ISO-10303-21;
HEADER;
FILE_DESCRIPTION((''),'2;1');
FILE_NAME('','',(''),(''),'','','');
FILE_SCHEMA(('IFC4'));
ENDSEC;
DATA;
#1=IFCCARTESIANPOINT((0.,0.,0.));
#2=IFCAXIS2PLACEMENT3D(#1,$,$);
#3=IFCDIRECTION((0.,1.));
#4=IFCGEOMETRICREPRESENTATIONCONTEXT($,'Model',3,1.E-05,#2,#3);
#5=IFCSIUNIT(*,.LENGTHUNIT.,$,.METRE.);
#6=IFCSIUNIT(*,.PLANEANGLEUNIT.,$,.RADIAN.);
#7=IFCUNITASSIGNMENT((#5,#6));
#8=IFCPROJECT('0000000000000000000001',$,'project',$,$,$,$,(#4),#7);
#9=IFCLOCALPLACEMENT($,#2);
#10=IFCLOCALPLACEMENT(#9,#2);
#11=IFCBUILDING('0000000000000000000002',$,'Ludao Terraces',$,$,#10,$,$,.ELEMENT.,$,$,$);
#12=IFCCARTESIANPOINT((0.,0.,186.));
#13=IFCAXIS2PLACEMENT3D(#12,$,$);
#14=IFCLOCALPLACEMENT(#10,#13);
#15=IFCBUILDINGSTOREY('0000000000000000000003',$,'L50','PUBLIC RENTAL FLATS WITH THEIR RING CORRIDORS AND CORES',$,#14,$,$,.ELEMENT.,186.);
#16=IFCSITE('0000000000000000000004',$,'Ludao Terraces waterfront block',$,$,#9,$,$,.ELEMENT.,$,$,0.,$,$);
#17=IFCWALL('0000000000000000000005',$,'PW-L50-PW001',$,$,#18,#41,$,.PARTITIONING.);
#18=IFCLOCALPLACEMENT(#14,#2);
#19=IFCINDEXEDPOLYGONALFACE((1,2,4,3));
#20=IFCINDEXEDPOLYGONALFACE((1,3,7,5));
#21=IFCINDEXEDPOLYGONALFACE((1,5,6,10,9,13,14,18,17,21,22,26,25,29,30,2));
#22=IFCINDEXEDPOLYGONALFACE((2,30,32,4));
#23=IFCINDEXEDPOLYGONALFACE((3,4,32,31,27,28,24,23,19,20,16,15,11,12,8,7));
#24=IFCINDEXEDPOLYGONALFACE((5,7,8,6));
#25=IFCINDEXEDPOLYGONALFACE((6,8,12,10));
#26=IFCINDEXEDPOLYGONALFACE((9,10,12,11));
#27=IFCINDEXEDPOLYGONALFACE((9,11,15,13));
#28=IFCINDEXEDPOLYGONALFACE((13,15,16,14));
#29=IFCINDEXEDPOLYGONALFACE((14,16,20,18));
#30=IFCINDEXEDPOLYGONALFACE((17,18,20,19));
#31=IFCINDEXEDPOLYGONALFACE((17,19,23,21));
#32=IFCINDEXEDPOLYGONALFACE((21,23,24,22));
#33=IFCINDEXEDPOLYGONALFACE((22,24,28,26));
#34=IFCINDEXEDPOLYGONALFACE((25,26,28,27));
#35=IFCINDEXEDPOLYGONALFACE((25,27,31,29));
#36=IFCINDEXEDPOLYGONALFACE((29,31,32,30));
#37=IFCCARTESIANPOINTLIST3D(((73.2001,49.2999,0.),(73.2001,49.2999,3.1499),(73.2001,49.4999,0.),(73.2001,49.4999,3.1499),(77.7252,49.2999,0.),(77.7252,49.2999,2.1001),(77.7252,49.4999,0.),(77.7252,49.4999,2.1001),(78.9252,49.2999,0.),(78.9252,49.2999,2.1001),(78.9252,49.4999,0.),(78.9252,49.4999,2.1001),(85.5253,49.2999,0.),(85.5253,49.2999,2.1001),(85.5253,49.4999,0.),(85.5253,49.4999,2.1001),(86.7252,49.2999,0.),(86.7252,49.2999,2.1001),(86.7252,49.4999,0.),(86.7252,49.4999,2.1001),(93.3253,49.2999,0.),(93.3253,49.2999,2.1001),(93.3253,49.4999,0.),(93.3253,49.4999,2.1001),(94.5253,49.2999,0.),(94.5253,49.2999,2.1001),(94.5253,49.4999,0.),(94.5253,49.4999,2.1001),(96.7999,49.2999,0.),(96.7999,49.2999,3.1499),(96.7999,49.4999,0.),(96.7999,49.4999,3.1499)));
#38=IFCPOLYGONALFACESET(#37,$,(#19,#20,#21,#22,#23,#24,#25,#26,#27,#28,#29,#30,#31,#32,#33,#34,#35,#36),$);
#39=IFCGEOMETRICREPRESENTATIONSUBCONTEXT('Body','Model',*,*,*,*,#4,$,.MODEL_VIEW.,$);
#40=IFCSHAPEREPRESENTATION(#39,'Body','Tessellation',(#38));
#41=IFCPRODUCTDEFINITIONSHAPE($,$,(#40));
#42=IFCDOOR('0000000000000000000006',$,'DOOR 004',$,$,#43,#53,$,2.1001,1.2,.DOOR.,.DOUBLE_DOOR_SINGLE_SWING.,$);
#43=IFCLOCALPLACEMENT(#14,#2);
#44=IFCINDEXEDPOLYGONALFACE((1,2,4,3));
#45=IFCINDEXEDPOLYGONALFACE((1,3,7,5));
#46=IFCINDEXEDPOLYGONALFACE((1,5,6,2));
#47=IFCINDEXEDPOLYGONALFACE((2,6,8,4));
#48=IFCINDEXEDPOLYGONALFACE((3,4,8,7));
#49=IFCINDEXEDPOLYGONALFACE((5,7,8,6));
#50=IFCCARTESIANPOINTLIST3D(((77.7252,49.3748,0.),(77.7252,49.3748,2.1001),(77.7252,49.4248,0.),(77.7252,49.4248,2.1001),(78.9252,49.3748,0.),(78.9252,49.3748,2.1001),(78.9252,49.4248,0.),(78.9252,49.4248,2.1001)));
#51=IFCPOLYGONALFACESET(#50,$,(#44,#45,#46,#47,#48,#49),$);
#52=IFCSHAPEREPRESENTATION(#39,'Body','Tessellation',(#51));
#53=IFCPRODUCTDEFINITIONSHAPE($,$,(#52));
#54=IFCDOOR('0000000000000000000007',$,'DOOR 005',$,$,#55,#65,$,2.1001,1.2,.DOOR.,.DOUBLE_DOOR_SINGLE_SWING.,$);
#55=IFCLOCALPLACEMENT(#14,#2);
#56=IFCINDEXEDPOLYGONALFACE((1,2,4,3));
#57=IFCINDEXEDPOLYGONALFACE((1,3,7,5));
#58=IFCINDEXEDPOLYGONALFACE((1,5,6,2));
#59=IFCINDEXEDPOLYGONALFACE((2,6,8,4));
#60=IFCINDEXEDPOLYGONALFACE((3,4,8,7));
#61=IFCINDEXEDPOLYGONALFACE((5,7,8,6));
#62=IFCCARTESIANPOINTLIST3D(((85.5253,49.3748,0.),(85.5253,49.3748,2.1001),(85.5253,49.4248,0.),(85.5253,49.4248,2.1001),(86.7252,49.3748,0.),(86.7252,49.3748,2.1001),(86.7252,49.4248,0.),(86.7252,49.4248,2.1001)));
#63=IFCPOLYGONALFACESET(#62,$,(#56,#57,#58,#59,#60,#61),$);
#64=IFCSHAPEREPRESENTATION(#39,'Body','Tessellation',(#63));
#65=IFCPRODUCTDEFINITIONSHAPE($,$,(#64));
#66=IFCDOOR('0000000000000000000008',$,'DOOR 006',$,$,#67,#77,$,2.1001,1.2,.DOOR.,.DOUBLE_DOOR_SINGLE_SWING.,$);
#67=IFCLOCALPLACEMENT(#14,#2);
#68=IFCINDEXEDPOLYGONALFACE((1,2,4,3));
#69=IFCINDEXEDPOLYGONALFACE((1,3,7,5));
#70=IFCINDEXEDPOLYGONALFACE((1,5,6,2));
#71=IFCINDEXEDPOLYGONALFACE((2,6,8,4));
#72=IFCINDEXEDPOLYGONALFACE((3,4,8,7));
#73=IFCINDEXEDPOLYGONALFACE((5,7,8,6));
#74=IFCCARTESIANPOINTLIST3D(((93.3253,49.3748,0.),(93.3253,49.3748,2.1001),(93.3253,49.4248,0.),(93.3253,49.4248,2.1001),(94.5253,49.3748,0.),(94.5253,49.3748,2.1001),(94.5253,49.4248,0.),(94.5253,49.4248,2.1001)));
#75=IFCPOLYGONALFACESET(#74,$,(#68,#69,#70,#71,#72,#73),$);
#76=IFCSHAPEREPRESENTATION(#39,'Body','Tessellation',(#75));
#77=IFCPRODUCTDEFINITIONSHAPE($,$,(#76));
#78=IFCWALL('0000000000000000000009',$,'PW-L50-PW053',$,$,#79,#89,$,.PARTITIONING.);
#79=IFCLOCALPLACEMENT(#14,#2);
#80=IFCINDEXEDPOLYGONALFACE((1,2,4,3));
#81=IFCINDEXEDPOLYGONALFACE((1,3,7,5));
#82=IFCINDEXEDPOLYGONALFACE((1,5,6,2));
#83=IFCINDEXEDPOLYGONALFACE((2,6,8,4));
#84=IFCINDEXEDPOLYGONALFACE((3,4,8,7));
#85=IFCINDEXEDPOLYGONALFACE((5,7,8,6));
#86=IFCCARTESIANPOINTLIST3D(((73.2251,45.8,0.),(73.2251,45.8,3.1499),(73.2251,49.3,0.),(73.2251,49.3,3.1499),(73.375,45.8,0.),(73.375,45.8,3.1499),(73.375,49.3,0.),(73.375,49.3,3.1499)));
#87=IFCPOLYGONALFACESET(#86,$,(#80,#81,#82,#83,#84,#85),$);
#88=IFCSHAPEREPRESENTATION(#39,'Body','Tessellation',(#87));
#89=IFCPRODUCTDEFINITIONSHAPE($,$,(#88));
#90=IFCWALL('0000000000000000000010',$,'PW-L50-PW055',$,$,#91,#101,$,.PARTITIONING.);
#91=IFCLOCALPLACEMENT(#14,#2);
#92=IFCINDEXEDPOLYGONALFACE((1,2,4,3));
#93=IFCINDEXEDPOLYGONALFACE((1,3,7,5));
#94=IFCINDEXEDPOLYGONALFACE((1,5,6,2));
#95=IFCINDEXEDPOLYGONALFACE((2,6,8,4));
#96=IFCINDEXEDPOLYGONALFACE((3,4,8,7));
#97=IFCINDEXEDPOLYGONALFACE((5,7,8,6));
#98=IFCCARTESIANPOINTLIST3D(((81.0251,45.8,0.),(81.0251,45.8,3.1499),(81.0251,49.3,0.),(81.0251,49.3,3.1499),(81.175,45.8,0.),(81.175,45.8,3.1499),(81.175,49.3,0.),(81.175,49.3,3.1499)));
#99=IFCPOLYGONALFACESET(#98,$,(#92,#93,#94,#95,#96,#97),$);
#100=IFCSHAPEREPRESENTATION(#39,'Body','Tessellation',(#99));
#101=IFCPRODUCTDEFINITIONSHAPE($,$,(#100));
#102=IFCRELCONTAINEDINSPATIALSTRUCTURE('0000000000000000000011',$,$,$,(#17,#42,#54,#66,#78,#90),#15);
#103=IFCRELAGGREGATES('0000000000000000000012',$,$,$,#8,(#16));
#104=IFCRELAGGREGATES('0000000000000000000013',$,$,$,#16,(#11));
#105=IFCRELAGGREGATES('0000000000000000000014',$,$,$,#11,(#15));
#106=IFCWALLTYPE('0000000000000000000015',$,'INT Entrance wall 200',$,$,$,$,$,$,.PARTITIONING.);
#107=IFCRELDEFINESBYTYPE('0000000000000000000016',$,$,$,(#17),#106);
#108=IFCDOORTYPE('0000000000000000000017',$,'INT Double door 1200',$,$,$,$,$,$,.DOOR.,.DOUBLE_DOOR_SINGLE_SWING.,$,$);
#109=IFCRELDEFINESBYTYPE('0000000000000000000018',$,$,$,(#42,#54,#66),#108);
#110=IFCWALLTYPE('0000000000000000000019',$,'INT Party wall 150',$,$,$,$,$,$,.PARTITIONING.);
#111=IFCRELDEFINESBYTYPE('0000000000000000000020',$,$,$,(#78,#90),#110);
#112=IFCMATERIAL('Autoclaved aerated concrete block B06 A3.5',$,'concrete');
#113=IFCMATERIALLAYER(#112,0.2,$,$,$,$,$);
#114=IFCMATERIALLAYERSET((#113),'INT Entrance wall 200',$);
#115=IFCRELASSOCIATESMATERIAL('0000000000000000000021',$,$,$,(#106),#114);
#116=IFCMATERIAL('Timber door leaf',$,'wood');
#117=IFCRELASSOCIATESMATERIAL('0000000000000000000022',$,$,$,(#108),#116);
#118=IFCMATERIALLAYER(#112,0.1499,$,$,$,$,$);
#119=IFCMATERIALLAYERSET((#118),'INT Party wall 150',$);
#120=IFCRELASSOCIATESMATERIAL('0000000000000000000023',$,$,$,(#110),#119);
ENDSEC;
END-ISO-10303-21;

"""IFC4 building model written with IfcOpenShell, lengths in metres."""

from ifc_helpers import new_model, si_unit, direction, frame, frame_2d, origin, place, context, subcontext, project, spatial, rectangle, extrude, material, layer, layer_set, type_object, element, fill, save


model = new_model("IFC4")

# Units and contexts
model_context = context("Model", 3, precision=1e-05, world=origin(), true_north=direction((0.0, 1.0)))
body_context = subcontext(model_context, "Body", "Model", "MODEL_VIEW")
ifc_project = project(units=[si_unit("LENGTHUNIT", "METRE"), si_unit("PLANEANGLEUNIT", "RADIAN")], contexts=[model_context])

# Site, building, storey
site_placement = place(None, origin())
site = spatial("IfcSite", under=ifc_project, at=site_placement, Name="Ludao Terraces waterfront block", CompositionType="ELEMENT", RefElevation=0.0)
building_placement = place(site_placement, origin())
building = spatial("IfcBuilding", under=site, at=building_placement, Name="Ludao Terraces", CompositionType="ELEMENT")
storey_placement = place(building_placement, frame((0.0, 0.0, 186.0)))
storey = spatial("IfcBuildingStorey", under=building, at=storey_placement, Name="L50", Description="PUBLIC RENTAL FLATS WITH THEIR RING CORRIDORS AND CORES", CompositionType="ELEMENT", Elevation=186.0)

# Wall, openings, doors
ifc_material_1 = material(Name="Autoclaved aerated concrete block B06 A3.5", Category="concrete")
ifc_layer_1 = layer(ifc_material_1, 0.2)
ifc_layer_set_1 = layer_set([ifc_layer_1], Name="INT Entrance wall 200")
wall_type_1 = type_object("IfcWallType", Name="INT Entrance wall 200", PredefinedType="PARTITIONING", material=ifc_layer_set_1)
wall_1_placement = place(storey_placement, frame((73.2002, 49.3999, 0.0), z_axis=(0.0, 0.0, 1.0), x_axis=(1.0, 0.0, 0.0)))
wall_1 = element("IfcWall", 1, at=wall_1_placement, inside=storey, type_object=wall_type_1, Name="PW-L50-PW001", PredefinedType="PARTITIONING", context=body_context, shape_type="SweptSolid", body=[
    extrude(rectangle(XDim=23.5999, YDim=0.2, at=frame_2d((11.7998, 0.0))), origin(), (0.0, 0.0, 1.0), 3.1499),
])
opening_1_placement = place(wall_1_placement, frame((4.5249, 0.0, 0.0)))
opening_1 = element("IfcOpeningElement", 2, at=opening_1_placement, cuts=wall_1, PredefinedType="OPENING", context=body_context, shape_type="SweptSolid", body=[
    extrude(rectangle(XDim=1.2, YDim=2.1001, at=frame_2d((0.6001, 1.05))), frame((0.0, 0.1099, 0.0), z_axis=(0.0, -1.0, 0.0), x_axis=(1.0, 0.0, 0.0)), (0.0, 0.0, 1.0), 0.22),
])
opening_2_placement = place(wall_1_placement, frame((12.325, 0.0, 0.0)))
opening_2 = element("IfcOpeningElement", 3, at=opening_2_placement, cuts=wall_1, PredefinedType="OPENING", context=body_context, shape_type="SweptSolid", body=[
    extrude(rectangle(XDim=1.2, YDim=2.1001, at=frame_2d((0.6001, 1.05))), frame((0.0, 0.1099, 0.0), z_axis=(0.0, -1.0, 0.0), x_axis=(1.0, 0.0, 0.0)), (0.0, 0.0, 1.0), 0.22),
])
opening_3_placement = place(wall_1_placement, frame((20.125, 0.0, 0.0)))
opening_3 = element("IfcOpeningElement", 4, at=opening_3_placement, cuts=wall_1, PredefinedType="OPENING", context=body_context, shape_type="SweptSolid", body=[
    extrude(rectangle(XDim=1.2, YDim=2.1001, at=frame_2d((0.6001, 1.05))), frame((0.0, 0.1099, 0.0), z_axis=(0.0, -1.0, 0.0), x_axis=(1.0, 0.0, 0.0)), (0.0, 0.0, 1.0), 0.22),
])
ifc_material_2 = material(Name="Timber door leaf", Category="wood")
door_type = type_object("IfcDoorType", Name="INT Double door 1200", OperationType="DOUBLE_DOOR_SINGLE_SWING", PredefinedType="DOOR", material=ifc_material_2)
door_1_placement = place(opening_1_placement, origin())
door_1 = element("IfcDoor", 5, at=door_1_placement, inside=storey, type_object=door_type, Name="DOOR 004", OperationType="DOUBLE_DOOR_SINGLE_SWING", OverallHeight=2.1001, OverallWidth=1.2, PredefinedType="DOOR", context=body_context, shape_type="SweptSolid", body=[
    extrude(rectangle(XDim=1.2, YDim=2.1001, at=frame_2d((0.6001, 1.05))), frame((0.0, 0.0249, 0.0), z_axis=(0.0, -1.0, 0.0), x_axis=(1.0, 0.0, 0.0)), (0.0, 0.0, 1.0), 0.05),
])
fill(opening_1, door_1)
door_2_placement = place(opening_2_placement, origin())
door_2 = element("IfcDoor", 6, at=door_2_placement, inside=storey, type_object=door_type, Name="DOOR 005", OperationType="DOUBLE_DOOR_SINGLE_SWING", OverallHeight=2.1001, OverallWidth=1.2, PredefinedType="DOOR", context=body_context, shape_type="SweptSolid", body=[
    extrude(rectangle(XDim=1.2, YDim=2.1001, at=frame_2d((0.6001, 1.05))), frame((0.0, 0.0249, 0.0), z_axis=(0.0, -1.0, 0.0), x_axis=(1.0, 0.0, 0.0)), (0.0, 0.0, 1.0), 0.05),
])
fill(opening_2, door_2)
door_3_placement = place(opening_3_placement, origin())
door_3 = element("IfcDoor", 7, at=door_3_placement, inside=storey, type_object=door_type, Name="DOOR 006", OperationType="DOUBLE_DOOR_SINGLE_SWING", OverallHeight=2.1001, OverallWidth=1.2, PredefinedType="DOOR", context=body_context, shape_type="SweptSolid", body=[
    extrude(rectangle(XDim=1.2, YDim=2.1001, at=frame_2d((0.6001, 1.05))), frame((0.0, 0.0249, 0.0), z_axis=(0.0, -1.0, 0.0), x_axis=(1.0, 0.0, 0.0)), (0.0, 0.0, 1.0), 0.05),
])
fill(opening_3, door_3)

# Walls
ifc_layer_2 = layer(ifc_material_1, 0.1499)
ifc_layer_set_2 = layer_set([ifc_layer_2], Name="INT Party wall 150")
wall_type_2 = type_object("IfcWallType", Name="INT Party wall 150", PredefinedType="PARTITIONING", material=ifc_layer_set_2)
for number, where, z_axis, x_axis, name in (
    (8, (73.3, 45.8, 0.0), (0.0, 0.0, 1.0), (0.0, 1.0, 0.0), "PW-L50-PW053"),
    (9, (81.1001, 45.8, 0.0), (0.0, 0.0, 1.0), (0.0, 1.0, 0.0), "PW-L50-PW055"),
):
    element("IfcWall", number, at=place(storey_placement, frame(where, z_axis=z_axis, x_axis=x_axis)), inside=storey, type_object=wall_type_2, Name=name, PredefinedType="PARTITIONING", context=body_context, shape_type="SweptSolid", body=[
        extrude(rectangle(XDim=3.5, YDim=0.1499, at=frame_2d((1.75, 0.0))), origin(), (0.0, 0.0, 1.0), 3.1499),
    ])

save(model, "model.ifc")
